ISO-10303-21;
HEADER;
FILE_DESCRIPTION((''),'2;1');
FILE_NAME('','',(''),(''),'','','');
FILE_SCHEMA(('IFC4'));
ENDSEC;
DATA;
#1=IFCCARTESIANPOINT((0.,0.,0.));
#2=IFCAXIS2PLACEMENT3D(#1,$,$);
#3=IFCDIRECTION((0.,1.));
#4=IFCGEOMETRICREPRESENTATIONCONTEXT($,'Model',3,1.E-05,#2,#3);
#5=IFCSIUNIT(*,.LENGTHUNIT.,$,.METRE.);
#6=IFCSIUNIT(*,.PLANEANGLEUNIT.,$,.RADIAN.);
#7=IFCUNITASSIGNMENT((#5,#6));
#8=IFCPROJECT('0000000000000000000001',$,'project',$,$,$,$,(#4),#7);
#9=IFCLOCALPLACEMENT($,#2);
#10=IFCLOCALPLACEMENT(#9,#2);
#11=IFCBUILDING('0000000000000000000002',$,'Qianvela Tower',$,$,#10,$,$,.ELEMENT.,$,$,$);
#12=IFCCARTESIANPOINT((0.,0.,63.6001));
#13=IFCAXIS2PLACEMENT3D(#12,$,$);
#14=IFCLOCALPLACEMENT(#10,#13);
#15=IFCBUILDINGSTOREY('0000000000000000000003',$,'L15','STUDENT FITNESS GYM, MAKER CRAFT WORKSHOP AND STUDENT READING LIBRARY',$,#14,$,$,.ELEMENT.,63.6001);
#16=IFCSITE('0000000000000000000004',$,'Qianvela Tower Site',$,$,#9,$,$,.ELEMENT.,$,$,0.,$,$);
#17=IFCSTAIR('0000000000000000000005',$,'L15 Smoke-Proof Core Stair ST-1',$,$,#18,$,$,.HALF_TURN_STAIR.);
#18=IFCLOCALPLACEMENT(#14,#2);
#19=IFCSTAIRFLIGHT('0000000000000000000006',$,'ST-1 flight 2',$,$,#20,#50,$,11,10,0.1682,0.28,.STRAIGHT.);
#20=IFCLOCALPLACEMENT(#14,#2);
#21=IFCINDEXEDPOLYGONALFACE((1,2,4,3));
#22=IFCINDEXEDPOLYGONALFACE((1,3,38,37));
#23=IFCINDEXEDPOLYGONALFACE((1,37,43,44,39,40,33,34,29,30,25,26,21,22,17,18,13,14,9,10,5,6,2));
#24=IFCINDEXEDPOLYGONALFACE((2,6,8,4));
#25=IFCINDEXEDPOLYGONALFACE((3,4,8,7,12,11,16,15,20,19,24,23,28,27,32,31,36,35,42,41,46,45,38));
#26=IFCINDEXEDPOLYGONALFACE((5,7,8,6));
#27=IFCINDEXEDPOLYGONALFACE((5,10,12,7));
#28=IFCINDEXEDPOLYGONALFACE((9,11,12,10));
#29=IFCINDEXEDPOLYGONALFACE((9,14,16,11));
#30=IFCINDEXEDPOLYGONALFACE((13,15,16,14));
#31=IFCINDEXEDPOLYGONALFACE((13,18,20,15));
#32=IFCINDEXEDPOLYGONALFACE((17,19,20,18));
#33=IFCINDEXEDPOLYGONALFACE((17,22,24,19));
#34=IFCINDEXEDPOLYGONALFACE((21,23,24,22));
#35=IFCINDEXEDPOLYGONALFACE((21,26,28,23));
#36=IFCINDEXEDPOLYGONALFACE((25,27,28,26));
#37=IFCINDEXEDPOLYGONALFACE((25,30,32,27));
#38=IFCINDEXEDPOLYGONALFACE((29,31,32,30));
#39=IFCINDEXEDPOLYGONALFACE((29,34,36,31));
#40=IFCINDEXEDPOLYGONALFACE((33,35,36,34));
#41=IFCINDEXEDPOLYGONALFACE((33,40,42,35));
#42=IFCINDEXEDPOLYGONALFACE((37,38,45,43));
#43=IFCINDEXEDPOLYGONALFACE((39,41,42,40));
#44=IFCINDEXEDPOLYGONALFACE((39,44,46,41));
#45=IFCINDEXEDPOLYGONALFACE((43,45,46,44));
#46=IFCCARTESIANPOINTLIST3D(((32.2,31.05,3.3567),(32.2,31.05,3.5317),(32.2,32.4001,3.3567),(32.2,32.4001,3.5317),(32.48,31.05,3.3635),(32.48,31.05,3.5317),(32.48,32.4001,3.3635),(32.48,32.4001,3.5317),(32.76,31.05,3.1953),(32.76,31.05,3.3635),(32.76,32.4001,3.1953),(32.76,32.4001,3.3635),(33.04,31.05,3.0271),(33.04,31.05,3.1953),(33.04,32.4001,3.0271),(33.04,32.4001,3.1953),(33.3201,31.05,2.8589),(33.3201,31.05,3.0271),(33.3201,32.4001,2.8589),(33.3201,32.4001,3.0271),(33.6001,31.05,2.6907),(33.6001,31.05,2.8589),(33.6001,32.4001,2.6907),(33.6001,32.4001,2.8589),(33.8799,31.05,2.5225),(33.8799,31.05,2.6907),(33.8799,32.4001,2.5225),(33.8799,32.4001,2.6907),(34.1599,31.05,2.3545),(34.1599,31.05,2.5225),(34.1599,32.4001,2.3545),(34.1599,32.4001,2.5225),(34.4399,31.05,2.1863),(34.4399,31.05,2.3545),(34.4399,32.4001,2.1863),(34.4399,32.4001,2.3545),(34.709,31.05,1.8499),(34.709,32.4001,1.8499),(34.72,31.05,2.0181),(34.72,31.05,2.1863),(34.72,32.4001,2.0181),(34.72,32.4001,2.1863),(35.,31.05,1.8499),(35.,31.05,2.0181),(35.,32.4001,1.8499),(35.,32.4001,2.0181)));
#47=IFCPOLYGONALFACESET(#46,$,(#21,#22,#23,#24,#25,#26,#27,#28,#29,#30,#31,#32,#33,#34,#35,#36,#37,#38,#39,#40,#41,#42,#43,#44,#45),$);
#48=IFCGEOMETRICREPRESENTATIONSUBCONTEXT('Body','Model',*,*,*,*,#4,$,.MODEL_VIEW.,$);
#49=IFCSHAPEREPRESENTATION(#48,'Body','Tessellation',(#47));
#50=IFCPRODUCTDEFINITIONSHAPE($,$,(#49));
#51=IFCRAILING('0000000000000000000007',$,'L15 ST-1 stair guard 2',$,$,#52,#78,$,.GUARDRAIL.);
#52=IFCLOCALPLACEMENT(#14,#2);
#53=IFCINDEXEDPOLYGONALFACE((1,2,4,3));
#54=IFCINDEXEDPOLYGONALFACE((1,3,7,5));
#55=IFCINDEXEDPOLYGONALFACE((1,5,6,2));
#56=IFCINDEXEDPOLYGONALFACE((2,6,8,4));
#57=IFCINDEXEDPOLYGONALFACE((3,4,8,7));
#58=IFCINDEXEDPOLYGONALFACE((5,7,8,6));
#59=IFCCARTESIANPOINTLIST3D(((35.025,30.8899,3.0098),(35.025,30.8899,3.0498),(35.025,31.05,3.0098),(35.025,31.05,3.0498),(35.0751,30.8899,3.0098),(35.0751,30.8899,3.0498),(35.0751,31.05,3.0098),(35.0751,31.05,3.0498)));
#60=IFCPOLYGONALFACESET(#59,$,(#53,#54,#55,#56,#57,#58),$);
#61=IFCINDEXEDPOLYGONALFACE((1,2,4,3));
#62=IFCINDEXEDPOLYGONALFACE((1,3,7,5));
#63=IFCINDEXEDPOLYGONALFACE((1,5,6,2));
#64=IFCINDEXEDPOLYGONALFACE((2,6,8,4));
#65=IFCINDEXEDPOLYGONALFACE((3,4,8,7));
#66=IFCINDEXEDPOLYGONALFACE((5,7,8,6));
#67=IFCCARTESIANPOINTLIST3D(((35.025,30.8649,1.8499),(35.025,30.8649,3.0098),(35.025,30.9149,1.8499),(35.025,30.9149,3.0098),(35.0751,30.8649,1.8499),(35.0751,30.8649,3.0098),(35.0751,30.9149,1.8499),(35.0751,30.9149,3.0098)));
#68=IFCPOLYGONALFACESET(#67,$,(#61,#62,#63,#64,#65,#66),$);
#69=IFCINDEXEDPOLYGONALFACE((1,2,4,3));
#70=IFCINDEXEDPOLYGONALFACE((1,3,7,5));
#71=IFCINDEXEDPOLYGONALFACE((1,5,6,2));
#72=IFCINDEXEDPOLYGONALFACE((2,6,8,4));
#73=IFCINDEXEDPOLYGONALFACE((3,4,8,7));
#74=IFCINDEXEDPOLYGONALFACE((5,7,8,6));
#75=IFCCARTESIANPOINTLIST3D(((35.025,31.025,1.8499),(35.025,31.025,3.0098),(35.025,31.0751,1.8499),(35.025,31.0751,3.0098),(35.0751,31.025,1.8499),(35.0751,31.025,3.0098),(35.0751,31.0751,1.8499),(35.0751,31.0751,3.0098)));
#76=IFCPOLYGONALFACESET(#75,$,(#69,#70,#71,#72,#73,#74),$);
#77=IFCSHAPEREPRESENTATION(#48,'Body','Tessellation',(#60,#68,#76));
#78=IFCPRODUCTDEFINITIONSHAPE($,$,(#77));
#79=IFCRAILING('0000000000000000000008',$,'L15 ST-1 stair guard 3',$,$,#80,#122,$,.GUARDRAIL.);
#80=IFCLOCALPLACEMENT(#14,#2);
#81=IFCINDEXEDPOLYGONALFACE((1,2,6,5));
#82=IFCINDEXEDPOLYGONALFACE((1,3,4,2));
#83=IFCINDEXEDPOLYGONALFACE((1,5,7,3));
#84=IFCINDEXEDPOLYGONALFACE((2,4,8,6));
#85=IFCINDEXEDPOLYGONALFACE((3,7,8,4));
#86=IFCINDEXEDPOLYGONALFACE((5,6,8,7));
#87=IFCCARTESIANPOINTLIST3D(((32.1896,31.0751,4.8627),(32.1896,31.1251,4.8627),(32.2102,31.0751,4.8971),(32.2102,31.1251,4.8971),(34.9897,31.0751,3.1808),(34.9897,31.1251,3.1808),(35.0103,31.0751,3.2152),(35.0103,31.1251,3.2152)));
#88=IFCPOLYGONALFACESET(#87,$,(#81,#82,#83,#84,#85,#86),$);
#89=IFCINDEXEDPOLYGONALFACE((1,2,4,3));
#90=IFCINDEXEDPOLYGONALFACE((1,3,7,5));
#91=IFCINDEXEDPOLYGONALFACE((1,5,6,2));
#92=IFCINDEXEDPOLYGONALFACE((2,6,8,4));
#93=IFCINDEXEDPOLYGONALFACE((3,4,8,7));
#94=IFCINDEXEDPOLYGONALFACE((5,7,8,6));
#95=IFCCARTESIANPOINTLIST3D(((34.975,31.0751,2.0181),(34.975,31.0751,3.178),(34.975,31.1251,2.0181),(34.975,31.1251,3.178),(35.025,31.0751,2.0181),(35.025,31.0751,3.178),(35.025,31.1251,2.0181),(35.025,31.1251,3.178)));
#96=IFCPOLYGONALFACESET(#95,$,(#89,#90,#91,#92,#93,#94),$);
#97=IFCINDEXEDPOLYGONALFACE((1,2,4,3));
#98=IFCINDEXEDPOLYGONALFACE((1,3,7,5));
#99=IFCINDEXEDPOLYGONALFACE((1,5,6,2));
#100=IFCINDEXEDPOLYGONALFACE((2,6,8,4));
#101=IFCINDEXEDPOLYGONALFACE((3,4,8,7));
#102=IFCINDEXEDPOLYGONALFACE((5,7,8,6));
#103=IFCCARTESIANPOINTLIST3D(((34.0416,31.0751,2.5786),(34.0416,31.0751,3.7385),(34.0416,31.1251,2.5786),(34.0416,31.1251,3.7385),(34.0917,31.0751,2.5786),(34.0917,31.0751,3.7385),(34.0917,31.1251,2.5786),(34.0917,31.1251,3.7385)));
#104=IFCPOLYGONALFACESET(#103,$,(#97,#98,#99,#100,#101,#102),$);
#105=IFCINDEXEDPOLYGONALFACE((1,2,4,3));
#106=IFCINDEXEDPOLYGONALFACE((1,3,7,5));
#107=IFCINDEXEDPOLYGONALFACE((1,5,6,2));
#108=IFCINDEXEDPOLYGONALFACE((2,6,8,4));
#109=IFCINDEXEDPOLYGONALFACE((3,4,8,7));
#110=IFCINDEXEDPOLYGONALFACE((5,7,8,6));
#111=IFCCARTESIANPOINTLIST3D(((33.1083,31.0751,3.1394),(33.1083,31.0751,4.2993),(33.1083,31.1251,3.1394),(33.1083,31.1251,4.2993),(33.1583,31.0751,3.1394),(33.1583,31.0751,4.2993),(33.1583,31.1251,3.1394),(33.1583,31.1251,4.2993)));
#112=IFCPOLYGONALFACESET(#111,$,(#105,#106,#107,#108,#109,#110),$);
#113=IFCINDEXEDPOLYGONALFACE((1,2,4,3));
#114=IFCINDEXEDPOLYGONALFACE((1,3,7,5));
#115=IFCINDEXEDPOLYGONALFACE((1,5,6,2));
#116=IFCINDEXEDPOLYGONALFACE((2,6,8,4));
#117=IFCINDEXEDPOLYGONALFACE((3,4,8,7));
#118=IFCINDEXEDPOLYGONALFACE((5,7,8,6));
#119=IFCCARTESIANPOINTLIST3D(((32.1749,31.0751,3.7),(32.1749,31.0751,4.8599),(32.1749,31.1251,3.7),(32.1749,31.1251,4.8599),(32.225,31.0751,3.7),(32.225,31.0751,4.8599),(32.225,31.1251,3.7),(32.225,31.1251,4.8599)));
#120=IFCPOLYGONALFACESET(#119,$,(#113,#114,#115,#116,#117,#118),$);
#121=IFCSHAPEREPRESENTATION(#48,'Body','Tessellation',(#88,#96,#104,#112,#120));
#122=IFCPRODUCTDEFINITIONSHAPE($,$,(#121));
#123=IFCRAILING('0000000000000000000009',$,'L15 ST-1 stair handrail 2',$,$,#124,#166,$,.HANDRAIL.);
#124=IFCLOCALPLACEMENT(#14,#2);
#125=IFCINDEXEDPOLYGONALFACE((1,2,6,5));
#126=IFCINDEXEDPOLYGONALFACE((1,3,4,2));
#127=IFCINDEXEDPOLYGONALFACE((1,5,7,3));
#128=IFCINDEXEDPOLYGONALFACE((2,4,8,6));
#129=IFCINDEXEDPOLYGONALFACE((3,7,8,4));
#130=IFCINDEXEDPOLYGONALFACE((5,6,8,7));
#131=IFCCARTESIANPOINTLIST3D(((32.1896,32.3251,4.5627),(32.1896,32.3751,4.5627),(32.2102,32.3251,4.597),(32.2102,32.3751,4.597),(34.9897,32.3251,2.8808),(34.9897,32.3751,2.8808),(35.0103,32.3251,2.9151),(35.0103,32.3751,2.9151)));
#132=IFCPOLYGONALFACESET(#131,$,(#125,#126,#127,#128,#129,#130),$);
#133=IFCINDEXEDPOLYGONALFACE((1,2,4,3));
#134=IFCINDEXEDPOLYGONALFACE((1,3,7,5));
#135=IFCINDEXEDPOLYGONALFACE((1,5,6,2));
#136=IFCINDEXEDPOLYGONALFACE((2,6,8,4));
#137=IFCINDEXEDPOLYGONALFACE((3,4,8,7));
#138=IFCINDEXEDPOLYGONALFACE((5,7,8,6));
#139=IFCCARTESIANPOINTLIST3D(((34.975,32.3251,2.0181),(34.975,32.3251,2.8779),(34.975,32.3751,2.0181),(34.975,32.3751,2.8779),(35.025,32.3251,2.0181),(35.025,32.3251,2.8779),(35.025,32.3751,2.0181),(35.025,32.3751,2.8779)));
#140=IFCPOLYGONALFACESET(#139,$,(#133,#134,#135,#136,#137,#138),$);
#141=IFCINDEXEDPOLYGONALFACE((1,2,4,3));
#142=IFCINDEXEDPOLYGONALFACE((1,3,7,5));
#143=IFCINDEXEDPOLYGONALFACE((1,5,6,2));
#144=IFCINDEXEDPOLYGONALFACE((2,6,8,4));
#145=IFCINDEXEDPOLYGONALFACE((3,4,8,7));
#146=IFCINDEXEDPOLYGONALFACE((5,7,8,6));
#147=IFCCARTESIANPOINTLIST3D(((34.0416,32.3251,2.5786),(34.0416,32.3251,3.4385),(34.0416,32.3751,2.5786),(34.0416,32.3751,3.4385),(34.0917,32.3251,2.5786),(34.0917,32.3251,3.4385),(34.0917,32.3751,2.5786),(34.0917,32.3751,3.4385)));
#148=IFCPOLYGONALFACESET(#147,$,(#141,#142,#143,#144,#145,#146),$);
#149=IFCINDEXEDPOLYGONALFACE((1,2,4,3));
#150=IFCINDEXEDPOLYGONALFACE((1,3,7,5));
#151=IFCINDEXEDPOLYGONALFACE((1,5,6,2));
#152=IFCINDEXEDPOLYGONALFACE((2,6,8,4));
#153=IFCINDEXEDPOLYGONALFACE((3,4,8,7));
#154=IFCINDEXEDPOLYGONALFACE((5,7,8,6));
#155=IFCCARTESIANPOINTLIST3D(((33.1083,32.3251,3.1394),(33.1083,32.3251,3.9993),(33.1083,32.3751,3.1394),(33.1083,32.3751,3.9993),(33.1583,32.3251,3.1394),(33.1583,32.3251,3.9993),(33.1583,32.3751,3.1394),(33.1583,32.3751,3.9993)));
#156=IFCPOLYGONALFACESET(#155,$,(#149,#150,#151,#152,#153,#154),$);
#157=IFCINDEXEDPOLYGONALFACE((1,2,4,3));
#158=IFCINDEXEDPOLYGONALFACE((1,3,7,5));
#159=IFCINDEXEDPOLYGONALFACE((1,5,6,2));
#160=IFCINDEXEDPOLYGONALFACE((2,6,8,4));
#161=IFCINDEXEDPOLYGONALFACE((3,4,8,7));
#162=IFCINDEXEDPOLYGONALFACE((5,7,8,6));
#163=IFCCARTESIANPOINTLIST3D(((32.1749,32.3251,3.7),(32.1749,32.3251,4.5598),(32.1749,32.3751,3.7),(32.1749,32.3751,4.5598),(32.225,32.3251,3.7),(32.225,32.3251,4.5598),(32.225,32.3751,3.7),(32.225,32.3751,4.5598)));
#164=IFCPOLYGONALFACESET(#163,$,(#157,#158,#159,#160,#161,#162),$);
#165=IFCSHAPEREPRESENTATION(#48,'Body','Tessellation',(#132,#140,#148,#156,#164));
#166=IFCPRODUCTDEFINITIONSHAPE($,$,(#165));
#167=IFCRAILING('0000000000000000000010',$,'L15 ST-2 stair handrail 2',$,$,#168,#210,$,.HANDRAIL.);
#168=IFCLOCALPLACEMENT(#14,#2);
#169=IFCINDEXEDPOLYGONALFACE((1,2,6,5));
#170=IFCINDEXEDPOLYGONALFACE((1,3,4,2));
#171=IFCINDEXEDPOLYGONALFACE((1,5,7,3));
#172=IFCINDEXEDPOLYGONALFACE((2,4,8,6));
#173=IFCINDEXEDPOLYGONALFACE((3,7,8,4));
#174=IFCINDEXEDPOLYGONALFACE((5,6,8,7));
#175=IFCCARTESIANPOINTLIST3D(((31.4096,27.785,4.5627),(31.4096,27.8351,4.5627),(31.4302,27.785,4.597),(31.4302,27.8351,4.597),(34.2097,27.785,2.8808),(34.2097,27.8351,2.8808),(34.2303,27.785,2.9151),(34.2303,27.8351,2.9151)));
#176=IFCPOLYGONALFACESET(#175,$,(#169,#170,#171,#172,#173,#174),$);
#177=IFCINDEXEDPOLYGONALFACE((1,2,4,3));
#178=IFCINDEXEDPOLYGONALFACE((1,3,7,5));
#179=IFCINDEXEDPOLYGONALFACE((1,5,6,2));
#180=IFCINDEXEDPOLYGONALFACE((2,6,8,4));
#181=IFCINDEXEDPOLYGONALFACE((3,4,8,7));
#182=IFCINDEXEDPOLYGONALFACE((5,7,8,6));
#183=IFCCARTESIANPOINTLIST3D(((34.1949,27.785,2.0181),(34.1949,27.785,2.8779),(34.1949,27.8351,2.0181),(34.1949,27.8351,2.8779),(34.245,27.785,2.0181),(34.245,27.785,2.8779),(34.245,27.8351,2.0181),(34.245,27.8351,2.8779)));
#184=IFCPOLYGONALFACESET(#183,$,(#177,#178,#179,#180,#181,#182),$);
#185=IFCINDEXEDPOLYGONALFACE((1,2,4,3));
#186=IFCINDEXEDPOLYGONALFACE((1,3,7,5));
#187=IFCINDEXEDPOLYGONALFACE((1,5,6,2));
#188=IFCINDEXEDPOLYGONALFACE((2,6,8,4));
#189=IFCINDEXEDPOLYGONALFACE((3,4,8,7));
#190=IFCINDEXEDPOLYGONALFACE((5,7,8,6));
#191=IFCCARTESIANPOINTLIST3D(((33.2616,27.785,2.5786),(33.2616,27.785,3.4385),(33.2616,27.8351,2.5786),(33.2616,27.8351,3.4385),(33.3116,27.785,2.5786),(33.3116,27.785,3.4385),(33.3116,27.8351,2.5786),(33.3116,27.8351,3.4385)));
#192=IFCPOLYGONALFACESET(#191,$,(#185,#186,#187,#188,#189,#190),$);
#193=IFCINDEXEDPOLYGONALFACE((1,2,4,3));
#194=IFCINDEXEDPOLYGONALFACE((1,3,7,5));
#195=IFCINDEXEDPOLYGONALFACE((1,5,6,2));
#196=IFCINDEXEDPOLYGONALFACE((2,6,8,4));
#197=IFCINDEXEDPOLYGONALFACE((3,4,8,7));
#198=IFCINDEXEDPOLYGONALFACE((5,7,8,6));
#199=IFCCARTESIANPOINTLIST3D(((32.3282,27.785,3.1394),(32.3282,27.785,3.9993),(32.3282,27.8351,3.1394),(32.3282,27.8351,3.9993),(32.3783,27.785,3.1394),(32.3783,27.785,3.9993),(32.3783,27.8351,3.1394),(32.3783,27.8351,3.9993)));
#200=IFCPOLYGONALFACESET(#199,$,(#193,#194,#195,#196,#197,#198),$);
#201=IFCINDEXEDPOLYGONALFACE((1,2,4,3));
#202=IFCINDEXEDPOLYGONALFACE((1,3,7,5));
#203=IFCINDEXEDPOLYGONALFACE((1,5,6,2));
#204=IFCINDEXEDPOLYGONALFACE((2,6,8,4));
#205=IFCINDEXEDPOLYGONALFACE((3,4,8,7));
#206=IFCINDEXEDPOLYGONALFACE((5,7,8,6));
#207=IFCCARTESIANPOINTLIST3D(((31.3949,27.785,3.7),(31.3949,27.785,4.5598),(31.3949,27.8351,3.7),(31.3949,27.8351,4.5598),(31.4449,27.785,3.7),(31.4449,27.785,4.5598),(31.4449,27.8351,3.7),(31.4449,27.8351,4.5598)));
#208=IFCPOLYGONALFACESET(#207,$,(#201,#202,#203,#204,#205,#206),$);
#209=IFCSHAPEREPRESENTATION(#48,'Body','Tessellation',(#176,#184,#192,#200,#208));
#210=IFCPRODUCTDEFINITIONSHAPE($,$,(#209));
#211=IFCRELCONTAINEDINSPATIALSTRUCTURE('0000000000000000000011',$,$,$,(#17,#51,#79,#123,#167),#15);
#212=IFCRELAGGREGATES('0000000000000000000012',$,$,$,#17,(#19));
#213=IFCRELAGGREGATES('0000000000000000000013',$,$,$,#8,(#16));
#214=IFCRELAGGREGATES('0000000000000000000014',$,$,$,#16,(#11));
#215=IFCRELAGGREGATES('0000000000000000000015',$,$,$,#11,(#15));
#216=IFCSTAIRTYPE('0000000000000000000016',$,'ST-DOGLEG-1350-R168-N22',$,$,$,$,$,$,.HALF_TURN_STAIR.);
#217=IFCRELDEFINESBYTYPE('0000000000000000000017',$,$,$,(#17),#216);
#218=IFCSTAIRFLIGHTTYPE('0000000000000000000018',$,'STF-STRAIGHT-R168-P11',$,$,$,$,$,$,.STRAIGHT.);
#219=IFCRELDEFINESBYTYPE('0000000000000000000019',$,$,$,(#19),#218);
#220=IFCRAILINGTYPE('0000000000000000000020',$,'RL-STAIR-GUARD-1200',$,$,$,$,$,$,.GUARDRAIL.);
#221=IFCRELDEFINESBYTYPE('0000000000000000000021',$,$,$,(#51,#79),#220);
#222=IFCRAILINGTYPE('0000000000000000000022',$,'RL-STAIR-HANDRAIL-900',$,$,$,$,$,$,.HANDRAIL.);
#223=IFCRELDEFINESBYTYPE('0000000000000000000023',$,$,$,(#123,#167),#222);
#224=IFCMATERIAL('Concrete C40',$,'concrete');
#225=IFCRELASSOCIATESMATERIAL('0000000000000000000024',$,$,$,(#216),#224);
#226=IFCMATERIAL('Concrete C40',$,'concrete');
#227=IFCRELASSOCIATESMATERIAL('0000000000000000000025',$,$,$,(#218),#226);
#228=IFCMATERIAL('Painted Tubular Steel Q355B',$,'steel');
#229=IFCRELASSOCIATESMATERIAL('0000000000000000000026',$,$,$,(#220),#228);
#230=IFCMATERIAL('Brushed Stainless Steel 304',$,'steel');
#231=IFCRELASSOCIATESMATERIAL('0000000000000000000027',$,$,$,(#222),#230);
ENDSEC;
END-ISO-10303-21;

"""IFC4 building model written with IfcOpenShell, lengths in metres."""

from ifc_helpers import new_model, si_unit, direction, frame, origin, origin_2d, place, context, subcontext, project, spatial, polyline, rectangle, outline, extrude, material, type_object, element, aggregate, save


model = new_model("IFC4")

# Units and contexts
model_context = context("Model", 3, precision=1e-05, world=origin(), true_north=direction((0.0, 1.0)))
body_context = subcontext(model_context, "Body", "Model", "MODEL_VIEW")
ifc_project = project(units=[si_unit("LENGTHUNIT", "METRE"), si_unit("PLANEANGLEUNIT", "RADIAN")], contexts=[model_context])

# Site, building, storey
site_placement = place(None, origin())
site = spatial("IfcSite", under=ifc_project, at=site_placement, Name="Qianvela Tower Site", CompositionType="ELEMENT", RefElevation=0.0)
building_placement = place(site_placement, origin())
building = spatial("IfcBuilding", under=site, at=building_placement, Name="Qianvela Tower", CompositionType="ELEMENT")
storey_placement = place(building_placement, frame((0.0, 0.0, 63.6001)))
storey = spatial("IfcBuildingStorey", under=building, at=storey_placement, Name="L15", Description="STUDENT FITNESS GYM, MAKER CRAFT WORKSHOP AND STUDENT READING LIBRARY", CompositionType="ELEMENT", Elevation=63.6001)

# Stair, stair flight
ifc_material_1 = material(Name="Concrete C40", Category="concrete")
stair_type = type_object("IfcStairType", Name="ST-DOGLEG-1350-R168-N22", PredefinedType="HALF_TURN_STAIR", material=ifc_material_1)
stair_placement = place(storey_placement, origin())
stair = element("IfcStair", 1, at=stair_placement, inside=storey, type_object=stair_type, Name="L15 Smoke-Proof Core Stair ST-1", PredefinedType="HALF_TURN_STAIR")
ifc_material_2 = material(Name="Concrete C40", Category="concrete")
stair_flight_type = type_object("IfcStairFlightType", Name="STF-STRAIGHT-R168-P11", PredefinedType="STRAIGHT", material=ifc_material_2)
stair_flight_placement = place(storey_placement, frame((35.0, 31.7251, 1.8499), z_axis=(0.0, 0.0, 1.0), x_axis=(-1.0, 0.0, 0.0)))
stair_flight = element("IfcStairFlight", 2, at=stair_flight_placement, type_object=stair_flight_type, Name="ST-1 flight 2", NumberOfRisers=11, NumberOfTreads=10, PredefinedType="STRAIGHT", RiserHeight=0.1682, TreadLength=0.28, context=body_context, shape_type="SweptSolid", body=[
    extrude(outline(polyline([(0.0, 0.0), (0.0, 0.1682), (0.28, 0.1682), (0.28, 0.3364), (0.5601, 0.3364), (0.5601, 0.5046), (0.8401, 0.5046), (0.8401, 0.6726), (1.1201, 0.6726), (1.1201, 0.8408), (1.3999, 0.8408), (1.3999, 1.009), (1.6799, 1.009), (1.6799, 1.1772), (1.96, 1.1772), (1.96, 1.3455), (2.24, 1.3455), (2.24, 1.5137), (2.52, 1.5137), (2.52, 1.6819), (2.8, 1.6819), (2.8, 1.8501), (2.8, 1.5068), (0.291, 0.0), (0.0, 0.0)])), frame((0.0, 0.675, 0.0), z_axis=(0.0, -1.0, 0.0), x_axis=(1.0, 0.0, 0.0)), (0.0, 0.0, 1.0), 1.3501),
])
aggregate(stair, [stair_flight])

# Railings
ifc_material_3 = material(Name="Painted Tubular Steel Q355B", Category="steel")
railing_type_1 = type_object("IfcRailingType", Name="RL-STAIR-GUARD-1200", PredefinedType="GUARDRAIL", material=ifc_material_3)
railing_1_placement = place(storey_placement, frame((35.05, 30.8899, 1.8499)))
element("IfcRailing", 3, at=railing_1_placement, inside=storey, type_object=railing_type_1, Name="L15 ST-1 stair guard 2", PredefinedType="GUARDRAIL", context=body_context, shape_type="SweptSolid", body=[
    extrude(rectangle(XDim=0.05, YDim=0.04, at=origin_2d()), frame((0.0, 0.0, 1.1799), z_axis=(0.0, 1.0, 0.0), x_axis=(-1.0, 0.0, 0.0)), (0.0, 0.0, 1.0), 0.1602),
    extrude(rectangle(XDim=0.05, YDim=0.05, at=origin_2d()), origin(), (0.0, 0.0, 1.0), 1.1599),
    extrude(rectangle(XDim=0.05, YDim=0.05, at=origin_2d()), frame((0.0, 0.1602, 0.0)), (0.0, 0.0, 1.0), 1.1599),
])
railing_2_placement = place(storey_placement, frame((35.0, 31.1001, 2.0181)))
element("IfcRailing", 4, at=railing_2_placement, inside=storey, type_object=railing_type_1, Name="L15 ST-1 stair guard 3", PredefinedType="GUARDRAIL", context=body_context, shape_type="SweptSolid", body=[
    extrude(rectangle(XDim=0.05, YDim=0.04, at=origin_2d()), frame((0.0, 0.0, 1.1799), z_axis=(-0.857242, 0.0, 0.514913), x_axis=(0.0, -1.0, 0.0)), (0.0, 0.0, 1.0), 3.2664),
    extrude(rectangle(XDim=0.05, YDim=0.05, at=origin_2d()), origin(), (0.0, 0.0, 1.0), 1.1599),
    extrude(rectangle(XDim=0.05, YDim=0.05, at=origin_2d()), frame((-0.9333, 0.0, 0.5605)), (0.0, 0.0, 1.0), 1.1599),
    extrude(rectangle(XDim=0.05, YDim=0.05, at=origin_2d()), frame((-1.8667, 0.0, 1.1213)), (0.0, 0.0, 1.0), 1.1599),
    extrude(rectangle(XDim=0.05, YDim=0.05, at=origin_2d()), frame((-2.8, 0.0, 1.6819)), (0.0, 0.0, 1.0), 1.1599),
])
ifc_material_4 = material(Name="Brushed Stainless Steel 304", Category="steel")
railing_type_2 = type_object("IfcRailingType", Name="RL-STAIR-HANDRAIL-900", PredefinedType="HANDRAIL", material=ifc_material_4)
for number, where, name in (
    (5, (35.0, 32.3501, 2.0181), "L15 ST-1 stair handrail 2"),
    (6, (34.22, 27.8101, 2.0181), "L15 ST-2 stair handrail 2"),
):
    element("IfcRailing", number, at=place(storey_placement, frame(where)), inside=storey, type_object=railing_type_2, Name=name, PredefinedType="HANDRAIL", context=body_context, shape_type="SweptSolid", body=[
        extrude(rectangle(XDim=0.05, YDim=0.04, at=origin_2d()), frame((0.0, 0.0, 0.8799), z_axis=(-0.857242, 0.0, 0.514913), x_axis=(0.0, -1.0, 0.0)), (0.0, 0.0, 1.0), 3.2664),
        extrude(rectangle(XDim=0.05, YDim=0.05, at=origin_2d()), origin(), (0.0, 0.0, 1.0), 0.8599),
        extrude(rectangle(XDim=0.05, YDim=0.05, at=origin_2d()), frame((-0.9333, 0.0, 0.5605)), (0.0, 0.0, 1.0), 0.8599),
        extrude(rectangle(XDim=0.05, YDim=0.05, at=origin_2d()), frame((-1.8667, 0.0, 1.1213)), (0.0, 0.0, 1.0), 0.8599),
        extrude(rectangle(XDim=0.05, YDim=0.05, at=origin_2d()), frame((-2.8, 0.0, 1.6819)), (0.0, 0.0, 1.0), 0.8599),
    ])

save(model, "model.ifc")
